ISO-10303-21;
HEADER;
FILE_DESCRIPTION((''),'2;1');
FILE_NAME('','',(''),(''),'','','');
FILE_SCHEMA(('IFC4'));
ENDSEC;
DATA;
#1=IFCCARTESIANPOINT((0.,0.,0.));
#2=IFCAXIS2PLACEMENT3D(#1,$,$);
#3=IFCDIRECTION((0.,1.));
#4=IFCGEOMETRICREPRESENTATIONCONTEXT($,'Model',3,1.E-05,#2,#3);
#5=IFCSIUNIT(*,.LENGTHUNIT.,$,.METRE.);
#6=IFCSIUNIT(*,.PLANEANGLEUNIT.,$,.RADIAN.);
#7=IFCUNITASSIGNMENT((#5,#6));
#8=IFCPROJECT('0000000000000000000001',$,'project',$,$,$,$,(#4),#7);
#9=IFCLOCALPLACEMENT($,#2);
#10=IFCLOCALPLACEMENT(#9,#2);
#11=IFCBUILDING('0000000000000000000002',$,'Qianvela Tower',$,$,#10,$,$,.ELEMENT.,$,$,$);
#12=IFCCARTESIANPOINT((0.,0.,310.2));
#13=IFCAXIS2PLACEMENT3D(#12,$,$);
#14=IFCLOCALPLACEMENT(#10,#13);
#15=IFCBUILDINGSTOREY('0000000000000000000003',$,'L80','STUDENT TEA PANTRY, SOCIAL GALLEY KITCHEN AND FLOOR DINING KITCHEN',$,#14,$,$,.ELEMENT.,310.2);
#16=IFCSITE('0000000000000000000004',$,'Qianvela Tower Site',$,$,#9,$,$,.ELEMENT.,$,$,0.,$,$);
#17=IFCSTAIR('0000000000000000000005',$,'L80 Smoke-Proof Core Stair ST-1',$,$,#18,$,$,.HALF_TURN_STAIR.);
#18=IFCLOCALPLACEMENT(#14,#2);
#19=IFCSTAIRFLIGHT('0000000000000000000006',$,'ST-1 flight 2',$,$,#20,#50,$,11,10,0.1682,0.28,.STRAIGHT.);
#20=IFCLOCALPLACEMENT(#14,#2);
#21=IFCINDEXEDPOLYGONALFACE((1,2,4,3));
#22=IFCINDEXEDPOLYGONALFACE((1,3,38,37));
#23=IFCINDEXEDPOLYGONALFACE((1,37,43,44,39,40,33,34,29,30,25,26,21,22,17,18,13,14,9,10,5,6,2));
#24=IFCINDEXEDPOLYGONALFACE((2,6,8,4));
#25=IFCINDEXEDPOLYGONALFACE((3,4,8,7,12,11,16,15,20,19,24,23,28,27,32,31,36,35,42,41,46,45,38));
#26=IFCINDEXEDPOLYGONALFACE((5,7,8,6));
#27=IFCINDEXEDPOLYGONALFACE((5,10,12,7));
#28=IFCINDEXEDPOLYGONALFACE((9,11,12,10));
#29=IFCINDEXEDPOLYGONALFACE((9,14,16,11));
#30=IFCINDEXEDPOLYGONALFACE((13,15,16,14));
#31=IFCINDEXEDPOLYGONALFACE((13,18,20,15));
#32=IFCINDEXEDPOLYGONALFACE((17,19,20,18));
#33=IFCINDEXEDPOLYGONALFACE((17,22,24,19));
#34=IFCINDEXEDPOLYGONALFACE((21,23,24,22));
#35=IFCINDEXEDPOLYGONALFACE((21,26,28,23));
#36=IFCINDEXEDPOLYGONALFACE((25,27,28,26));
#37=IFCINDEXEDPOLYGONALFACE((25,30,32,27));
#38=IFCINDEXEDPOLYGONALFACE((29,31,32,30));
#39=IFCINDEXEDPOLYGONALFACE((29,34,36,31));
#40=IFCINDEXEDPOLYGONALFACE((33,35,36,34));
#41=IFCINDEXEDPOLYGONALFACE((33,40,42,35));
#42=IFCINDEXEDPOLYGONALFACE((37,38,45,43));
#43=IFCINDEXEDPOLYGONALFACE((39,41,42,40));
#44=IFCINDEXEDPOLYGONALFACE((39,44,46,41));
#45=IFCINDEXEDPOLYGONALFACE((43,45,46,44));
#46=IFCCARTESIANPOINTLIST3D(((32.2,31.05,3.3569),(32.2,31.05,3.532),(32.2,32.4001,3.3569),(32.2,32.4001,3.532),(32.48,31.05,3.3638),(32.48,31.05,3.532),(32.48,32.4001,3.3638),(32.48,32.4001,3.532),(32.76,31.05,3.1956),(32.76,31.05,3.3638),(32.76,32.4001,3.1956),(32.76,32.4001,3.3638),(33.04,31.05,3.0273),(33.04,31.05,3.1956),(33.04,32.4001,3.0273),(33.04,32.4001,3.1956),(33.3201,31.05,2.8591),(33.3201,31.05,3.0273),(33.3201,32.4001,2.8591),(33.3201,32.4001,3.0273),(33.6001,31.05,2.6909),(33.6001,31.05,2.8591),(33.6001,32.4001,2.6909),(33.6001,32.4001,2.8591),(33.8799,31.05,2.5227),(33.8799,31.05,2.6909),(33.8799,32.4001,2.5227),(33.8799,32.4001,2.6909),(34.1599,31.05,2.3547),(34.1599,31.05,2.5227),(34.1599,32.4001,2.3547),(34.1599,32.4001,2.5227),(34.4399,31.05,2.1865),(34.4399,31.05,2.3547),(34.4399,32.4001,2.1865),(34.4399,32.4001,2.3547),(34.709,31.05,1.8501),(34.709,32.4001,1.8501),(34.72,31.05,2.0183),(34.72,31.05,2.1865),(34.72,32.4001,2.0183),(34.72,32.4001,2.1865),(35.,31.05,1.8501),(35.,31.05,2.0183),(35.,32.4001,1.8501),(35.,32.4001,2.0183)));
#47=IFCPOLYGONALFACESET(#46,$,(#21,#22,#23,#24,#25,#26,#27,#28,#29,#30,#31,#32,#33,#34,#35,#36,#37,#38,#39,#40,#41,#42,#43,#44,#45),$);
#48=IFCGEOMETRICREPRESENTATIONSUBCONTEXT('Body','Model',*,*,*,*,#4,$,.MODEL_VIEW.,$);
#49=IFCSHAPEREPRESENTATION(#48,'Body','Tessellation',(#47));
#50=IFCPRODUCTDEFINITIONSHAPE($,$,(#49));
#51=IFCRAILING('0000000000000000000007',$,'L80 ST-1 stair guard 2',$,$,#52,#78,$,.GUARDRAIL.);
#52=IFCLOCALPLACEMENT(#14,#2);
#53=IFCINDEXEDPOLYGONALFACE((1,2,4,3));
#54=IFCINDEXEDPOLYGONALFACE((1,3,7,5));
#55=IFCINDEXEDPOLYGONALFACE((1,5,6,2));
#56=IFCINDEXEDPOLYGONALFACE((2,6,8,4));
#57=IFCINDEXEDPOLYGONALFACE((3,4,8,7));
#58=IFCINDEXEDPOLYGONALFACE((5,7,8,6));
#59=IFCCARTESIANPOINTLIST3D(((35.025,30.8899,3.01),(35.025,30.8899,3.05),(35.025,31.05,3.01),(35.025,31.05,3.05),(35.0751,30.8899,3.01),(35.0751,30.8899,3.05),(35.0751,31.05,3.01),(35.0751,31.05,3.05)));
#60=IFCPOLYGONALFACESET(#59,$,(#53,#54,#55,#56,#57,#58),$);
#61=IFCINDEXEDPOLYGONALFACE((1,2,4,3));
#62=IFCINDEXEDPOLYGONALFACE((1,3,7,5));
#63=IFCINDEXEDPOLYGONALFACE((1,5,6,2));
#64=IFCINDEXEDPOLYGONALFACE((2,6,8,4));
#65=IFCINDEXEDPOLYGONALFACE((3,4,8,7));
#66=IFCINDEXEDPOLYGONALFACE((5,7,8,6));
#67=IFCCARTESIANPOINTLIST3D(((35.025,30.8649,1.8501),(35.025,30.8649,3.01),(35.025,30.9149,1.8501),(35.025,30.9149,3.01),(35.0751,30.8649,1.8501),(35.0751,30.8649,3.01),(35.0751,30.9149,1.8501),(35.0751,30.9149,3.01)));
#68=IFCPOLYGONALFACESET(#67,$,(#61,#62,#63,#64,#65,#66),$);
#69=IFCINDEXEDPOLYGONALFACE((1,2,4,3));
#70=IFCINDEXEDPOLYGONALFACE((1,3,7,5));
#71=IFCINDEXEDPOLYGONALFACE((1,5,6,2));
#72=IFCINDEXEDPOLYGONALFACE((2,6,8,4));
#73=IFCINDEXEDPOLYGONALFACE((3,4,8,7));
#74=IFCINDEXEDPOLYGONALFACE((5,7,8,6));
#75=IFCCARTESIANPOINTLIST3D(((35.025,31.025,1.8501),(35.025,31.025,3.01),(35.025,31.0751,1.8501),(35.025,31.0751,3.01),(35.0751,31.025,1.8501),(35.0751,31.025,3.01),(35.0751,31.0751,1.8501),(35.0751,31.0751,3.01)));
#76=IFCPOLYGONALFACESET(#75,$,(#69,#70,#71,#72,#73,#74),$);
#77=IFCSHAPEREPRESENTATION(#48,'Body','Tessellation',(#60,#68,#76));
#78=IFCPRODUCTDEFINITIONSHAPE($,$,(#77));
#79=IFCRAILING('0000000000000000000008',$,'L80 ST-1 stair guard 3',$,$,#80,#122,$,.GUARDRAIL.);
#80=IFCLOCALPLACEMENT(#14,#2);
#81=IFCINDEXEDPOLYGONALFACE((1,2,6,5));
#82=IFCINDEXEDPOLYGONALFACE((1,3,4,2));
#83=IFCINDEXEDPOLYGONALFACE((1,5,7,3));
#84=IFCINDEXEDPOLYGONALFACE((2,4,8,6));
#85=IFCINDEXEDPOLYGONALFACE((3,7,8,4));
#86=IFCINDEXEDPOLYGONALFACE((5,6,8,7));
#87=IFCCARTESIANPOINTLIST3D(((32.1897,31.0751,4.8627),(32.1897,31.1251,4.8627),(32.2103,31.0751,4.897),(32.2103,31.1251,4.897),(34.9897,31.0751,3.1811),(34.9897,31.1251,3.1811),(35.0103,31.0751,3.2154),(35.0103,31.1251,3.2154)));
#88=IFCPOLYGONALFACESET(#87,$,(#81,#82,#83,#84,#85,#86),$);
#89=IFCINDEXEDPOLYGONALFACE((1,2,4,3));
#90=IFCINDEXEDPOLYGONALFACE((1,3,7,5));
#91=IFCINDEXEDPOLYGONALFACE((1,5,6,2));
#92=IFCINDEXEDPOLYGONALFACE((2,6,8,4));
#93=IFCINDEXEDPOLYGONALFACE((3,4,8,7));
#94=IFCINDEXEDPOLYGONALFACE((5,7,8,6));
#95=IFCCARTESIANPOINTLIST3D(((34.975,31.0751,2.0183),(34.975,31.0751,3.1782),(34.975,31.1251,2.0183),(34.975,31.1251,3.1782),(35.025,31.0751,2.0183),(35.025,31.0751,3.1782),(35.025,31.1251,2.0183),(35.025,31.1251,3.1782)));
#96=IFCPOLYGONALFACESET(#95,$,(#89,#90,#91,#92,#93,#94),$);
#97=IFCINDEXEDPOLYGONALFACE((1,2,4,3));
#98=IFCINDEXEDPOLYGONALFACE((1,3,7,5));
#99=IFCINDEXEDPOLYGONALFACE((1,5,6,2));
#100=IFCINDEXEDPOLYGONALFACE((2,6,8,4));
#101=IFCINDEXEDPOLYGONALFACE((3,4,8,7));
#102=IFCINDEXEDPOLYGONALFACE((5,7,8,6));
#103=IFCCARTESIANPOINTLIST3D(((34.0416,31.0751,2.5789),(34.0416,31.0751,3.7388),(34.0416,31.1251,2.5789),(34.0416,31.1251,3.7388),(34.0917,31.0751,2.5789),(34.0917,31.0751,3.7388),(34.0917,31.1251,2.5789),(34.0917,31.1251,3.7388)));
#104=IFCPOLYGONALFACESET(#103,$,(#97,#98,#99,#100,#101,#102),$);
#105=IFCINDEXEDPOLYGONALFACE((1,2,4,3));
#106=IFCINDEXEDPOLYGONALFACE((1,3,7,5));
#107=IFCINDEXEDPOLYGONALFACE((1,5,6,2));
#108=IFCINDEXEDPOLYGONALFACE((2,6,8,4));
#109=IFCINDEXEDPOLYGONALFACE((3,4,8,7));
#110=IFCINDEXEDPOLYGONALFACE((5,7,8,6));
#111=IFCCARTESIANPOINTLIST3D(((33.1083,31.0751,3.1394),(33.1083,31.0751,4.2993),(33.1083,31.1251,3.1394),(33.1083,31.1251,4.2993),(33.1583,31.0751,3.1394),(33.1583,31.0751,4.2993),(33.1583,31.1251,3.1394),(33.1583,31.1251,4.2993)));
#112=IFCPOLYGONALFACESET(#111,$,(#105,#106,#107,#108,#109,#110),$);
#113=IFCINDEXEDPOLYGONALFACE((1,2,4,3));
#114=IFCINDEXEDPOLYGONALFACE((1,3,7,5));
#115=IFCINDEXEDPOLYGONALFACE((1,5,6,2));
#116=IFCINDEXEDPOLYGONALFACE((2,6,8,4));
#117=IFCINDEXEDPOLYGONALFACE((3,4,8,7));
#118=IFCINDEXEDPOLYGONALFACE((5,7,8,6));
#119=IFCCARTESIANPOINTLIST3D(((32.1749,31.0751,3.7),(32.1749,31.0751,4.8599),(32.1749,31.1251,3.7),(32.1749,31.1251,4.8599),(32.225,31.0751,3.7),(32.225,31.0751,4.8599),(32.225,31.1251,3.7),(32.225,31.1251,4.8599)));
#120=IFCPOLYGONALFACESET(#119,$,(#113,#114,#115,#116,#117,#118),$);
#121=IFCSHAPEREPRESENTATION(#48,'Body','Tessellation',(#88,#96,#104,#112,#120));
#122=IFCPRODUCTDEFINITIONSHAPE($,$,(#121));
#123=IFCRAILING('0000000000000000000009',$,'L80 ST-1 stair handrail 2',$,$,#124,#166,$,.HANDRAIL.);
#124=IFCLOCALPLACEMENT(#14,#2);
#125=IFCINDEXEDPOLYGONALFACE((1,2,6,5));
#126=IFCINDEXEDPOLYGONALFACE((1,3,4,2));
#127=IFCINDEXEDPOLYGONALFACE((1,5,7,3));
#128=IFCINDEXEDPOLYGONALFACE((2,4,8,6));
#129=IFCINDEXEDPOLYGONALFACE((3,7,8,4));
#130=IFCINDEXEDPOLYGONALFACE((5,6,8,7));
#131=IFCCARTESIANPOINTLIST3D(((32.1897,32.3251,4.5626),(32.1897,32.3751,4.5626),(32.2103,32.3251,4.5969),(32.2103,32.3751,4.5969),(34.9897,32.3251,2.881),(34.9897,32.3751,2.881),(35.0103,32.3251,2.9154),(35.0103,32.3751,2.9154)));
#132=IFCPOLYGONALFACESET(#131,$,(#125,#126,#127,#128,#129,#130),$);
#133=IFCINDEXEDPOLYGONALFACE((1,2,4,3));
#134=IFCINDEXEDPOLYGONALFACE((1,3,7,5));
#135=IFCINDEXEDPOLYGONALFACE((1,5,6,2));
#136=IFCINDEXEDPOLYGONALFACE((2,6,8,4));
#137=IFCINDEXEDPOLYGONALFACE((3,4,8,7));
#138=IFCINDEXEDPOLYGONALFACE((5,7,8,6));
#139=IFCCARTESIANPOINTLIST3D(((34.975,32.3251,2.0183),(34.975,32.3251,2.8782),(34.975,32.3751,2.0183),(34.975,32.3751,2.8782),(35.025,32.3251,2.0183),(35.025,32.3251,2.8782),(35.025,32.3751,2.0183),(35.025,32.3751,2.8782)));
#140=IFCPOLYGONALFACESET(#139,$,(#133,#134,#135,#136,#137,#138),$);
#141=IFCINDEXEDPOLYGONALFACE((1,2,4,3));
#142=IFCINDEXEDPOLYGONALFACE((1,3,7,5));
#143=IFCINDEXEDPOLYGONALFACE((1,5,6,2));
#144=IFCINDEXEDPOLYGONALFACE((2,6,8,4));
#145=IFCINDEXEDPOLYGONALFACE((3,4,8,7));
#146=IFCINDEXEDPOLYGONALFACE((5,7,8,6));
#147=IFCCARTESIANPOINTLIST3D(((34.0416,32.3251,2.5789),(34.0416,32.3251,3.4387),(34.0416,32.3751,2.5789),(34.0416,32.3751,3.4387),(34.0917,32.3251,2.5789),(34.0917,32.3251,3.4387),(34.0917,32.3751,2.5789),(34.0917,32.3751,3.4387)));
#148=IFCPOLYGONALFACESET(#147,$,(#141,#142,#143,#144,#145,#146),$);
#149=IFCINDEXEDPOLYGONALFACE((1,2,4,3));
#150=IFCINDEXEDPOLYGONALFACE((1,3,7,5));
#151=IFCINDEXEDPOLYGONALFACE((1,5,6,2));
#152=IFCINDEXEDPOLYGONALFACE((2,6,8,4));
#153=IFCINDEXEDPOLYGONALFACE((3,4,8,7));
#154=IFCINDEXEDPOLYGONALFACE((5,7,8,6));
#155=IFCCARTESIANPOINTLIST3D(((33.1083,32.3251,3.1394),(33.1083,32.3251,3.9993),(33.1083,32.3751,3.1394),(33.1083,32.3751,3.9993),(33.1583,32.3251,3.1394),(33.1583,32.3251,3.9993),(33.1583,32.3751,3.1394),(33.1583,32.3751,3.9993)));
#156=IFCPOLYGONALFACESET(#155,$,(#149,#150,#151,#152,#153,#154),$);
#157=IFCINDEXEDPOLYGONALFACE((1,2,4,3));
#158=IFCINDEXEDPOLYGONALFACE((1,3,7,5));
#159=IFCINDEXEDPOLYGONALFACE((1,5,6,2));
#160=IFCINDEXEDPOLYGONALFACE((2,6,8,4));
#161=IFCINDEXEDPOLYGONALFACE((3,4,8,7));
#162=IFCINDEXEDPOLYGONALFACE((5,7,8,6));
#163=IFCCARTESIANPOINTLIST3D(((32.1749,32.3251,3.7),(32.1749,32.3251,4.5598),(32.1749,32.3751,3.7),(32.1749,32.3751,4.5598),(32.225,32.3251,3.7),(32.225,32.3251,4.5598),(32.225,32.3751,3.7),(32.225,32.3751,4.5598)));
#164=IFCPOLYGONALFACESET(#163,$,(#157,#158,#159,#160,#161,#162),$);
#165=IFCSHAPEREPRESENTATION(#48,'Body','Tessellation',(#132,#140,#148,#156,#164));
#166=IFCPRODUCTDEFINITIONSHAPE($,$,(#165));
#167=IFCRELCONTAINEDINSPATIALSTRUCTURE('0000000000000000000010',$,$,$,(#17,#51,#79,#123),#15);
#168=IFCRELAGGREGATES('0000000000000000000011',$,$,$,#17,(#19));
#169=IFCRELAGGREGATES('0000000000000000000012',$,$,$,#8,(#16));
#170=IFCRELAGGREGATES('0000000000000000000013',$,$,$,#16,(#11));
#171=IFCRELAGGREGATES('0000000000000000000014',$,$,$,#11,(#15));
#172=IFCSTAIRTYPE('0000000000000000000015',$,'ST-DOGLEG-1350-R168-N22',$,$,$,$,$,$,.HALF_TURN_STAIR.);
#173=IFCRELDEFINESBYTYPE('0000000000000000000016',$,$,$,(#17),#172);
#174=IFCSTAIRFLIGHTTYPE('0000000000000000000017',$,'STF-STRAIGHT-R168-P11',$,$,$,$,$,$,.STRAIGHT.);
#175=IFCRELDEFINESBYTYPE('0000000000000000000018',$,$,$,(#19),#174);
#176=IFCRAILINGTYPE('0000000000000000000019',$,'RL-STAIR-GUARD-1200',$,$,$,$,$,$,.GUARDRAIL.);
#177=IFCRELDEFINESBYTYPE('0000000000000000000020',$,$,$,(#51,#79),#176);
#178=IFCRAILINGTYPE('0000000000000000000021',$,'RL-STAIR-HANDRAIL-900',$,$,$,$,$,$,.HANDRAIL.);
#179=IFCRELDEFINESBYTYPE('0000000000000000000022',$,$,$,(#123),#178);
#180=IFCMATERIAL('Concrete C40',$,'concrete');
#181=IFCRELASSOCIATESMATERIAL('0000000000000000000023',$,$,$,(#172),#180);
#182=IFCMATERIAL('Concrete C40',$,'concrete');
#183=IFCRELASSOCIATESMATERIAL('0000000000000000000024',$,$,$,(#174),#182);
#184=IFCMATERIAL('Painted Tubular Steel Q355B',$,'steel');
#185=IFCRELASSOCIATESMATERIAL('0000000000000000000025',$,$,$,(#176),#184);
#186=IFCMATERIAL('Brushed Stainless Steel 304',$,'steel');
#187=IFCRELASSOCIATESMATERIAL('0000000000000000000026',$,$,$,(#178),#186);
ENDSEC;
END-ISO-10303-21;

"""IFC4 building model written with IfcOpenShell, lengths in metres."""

from ifc_helpers import new_model, si_unit, direction, frame, origin, origin_2d, place, context, subcontext, project, spatial, polyline, rectangle, outline, extrude, material, type_object, element, aggregate, save


model = new_model("IFC4")

# Units and contexts
model_context = context("Model", 3, precision=1e-05, world=origin(), true_north=direction((0.0, 1.0)))
body_context = subcontext(model_context, "Body", "Model", "MODEL_VIEW")
ifc_project = project(units=[si_unit("LENGTHUNIT", "METRE"), si_unit("PLANEANGLEUNIT", "RADIAN")], contexts=[model_context])

# Site, building, storey
site_placement = place(None, origin())
site = spatial("IfcSite", under=ifc_project, at=site_placement, Name="Qianvela Tower Site", CompositionType="ELEMENT", RefElevation=0.0)
building_placement = place(site_placement, origin())
building = spatial("IfcBuilding", under=site, at=building_placement, Name="Qianvela Tower", CompositionType="ELEMENT")
storey_placement = place(building_placement, frame((0.0, 0.0, 310.2)))
storey = spatial("IfcBuildingStorey", under=building, at=storey_placement, Name="L80", Description="STUDENT TEA PANTRY, SOCIAL GALLEY KITCHEN AND FLOOR DINING KITCHEN", CompositionType="ELEMENT", Elevation=310.2)

# Stair, stair flight
ifc_material_1 = material(Name="Concrete C40", Category="concrete")
stair_type = type_object("IfcStairType", Name="ST-DOGLEG-1350-R168-N22", PredefinedType="HALF_TURN_STAIR", material=ifc_material_1)
stair_placement = place(storey_placement, origin())
stair = element("IfcStair", 1, at=stair_placement, inside=storey, type_object=stair_type, Name="L80 Smoke-Proof Core Stair ST-1", PredefinedType="HALF_TURN_STAIR")
ifc_material_2 = material(Name="Concrete C40", Category="concrete")
stair_flight_type = type_object("IfcStairFlightType", Name="STF-STRAIGHT-R168-P11", PredefinedType="STRAIGHT", material=ifc_material_2)
stair_flight_placement = place(storey_placement, frame((35.0, 31.7251, 1.8501), z_axis=(0.0, 0.0, 1.0), x_axis=(-1.0, 0.0, 0.0)))
stair_flight = element("IfcStairFlight", 2, at=stair_flight_placement, type_object=stair_flight_type, Name="ST-1 flight 2", NumberOfRisers=11, NumberOfTreads=10, PredefinedType="STRAIGHT", RiserHeight=0.1682, TreadLength=0.28, context=body_context, shape_type="SweptSolid", body=[
    extrude(outline(polyline([(0.0, 0.0), (0.0, 0.1682), (0.28, 0.1682), (0.28, 0.3364), (0.5601, 0.3364), (0.5601, 0.5046), (0.8401, 0.5046), (0.8401, 0.6726), (1.1201, 0.6726), (1.1201, 0.8408), (1.3999, 0.8408), (1.3999, 1.009), (1.6799, 1.009), (1.6799, 1.1772), (1.96, 1.1772), (1.96, 1.3455), (2.24, 1.3455), (2.24, 1.5137), (2.52, 1.5137), (2.52, 1.6819), (2.8, 1.6819), (2.8, 1.8501), (2.8, 1.5068), (0.291, 0.0), (0.0, 0.0)])), frame((0.0, 0.675, 0.0), z_axis=(0.0, -1.0, 0.0), x_axis=(1.0, 0.0, 0.0)), (0.0, 0.0, 1.0), 1.3501),
])
aggregate(stair, [stair_flight])

# Railings
ifc_material_3 = material(Name="Painted Tubular Steel Q355B", Category="steel")
railing_type_1 = type_object("IfcRailingType", Name="RL-STAIR-GUARD-1200", PredefinedType="GUARDRAIL", material=ifc_material_3)
railing_1_placement = place(storey_placement, frame((35.05, 30.8899, 1.8501)))
element("IfcRailing", 3, at=railing_1_placement, inside=storey, type_object=railing_type_1, Name="L80 ST-1 stair guard 2", PredefinedType="GUARDRAIL", context=body_context, shape_type="SweptSolid", body=[
    extrude(rectangle(XDim=0.05, YDim=0.04, at=origin_2d()), frame((0.0, 0.0, 1.1799), z_axis=(0.0, 1.0, 0.0), x_axis=(-1.0, 0.0, 0.0)), (0.0, 0.0, 1.0), 0.1602),
    extrude(rectangle(XDim=0.05, YDim=0.05, at=origin_2d()), origin(), (0.0, 0.0, 1.0), 1.1599),
    extrude(rectangle(XDim=0.05, YDim=0.05, at=origin_2d()), frame((0.0, 0.1602, 0.0)), (0.0, 0.0, 1.0), 1.1599),
])
railing_2_placement = place(storey_placement, frame((35.0, 31.1001, 2.0183)))
element("IfcRailing", 4, at=railing_2_placement, inside=storey, type_object=railing_type_1, Name="L80 ST-1 stair guard 3", PredefinedType="GUARDRAIL", context=body_context, shape_type="SweptSolid", body=[
    extrude(rectangle(XDim=0.05, YDim=0.04, at=origin_2d()), frame((0.0, 0.0, 1.1799), z_axis=(-0.857275, 0.0, 0.514858), x_axis=(0.0, -1.0, 0.0)), (0.0, 0.0, 1.0), 3.2661),
    extrude(rectangle(XDim=0.05, YDim=0.05, at=origin_2d()), origin(), (0.0, 0.0, 1.0), 1.1599),
    extrude(rectangle(XDim=0.05, YDim=0.05, at=origin_2d()), frame((-0.9333, 0.0, 0.5605)), (0.0, 0.0, 1.0), 1.1599),
    extrude(rectangle(XDim=0.05, YDim=0.05, at=origin_2d()), frame((-1.8667, 0.0, 1.1211)), (0.0, 0.0, 1.0), 1.1599),
    extrude(rectangle(XDim=0.05, YDim=0.05, at=origin_2d()), frame((-2.8, 0.0, 1.6816)), (0.0, 0.0, 1.0), 1.1599),
])
ifc_material_4 = material(Name="Brushed Stainless Steel 304", Category="steel")
railing_type_2 = type_object("IfcRailingType", Name="RL-STAIR-HANDRAIL-900", PredefinedType="HANDRAIL", material=ifc_material_4)
railing_3_placement = place(storey_placement, frame((35.0, 32.3501, 2.0183)))
element("IfcRailing", 5, at=railing_3_placement, inside=storey, type_object=railing_type_2, Name="L80 ST-1 stair handrail 2", PredefinedType="HANDRAIL", context=body_context, shape_type="SweptSolid", body=[
    extrude(rectangle(XDim=0.05, YDim=0.04, at=origin_2d()), frame((0.0, 0.0, 0.8799), z_axis=(-0.857275, 0.0, 0.514858), x_axis=(0.0, -1.0, 0.0)), (0.0, 0.0, 1.0), 3.2661),
    extrude(rectangle(XDim=0.05, YDim=0.05, at=origin_2d()), origin(), (0.0, 0.0, 1.0), 0.8599),
    extrude(rectangle(XDim=0.05, YDim=0.05, at=origin_2d()), frame((-0.9333, 0.0, 0.5605)), (0.0, 0.0, 1.0), 0.8599),
    extrude(rectangle(XDim=0.05, YDim=0.05, at=origin_2d()), frame((-1.8667, 0.0, 1.1211)), (0.0, 0.0, 1.0), 0.8599),
    extrude(rectangle(XDim=0.05, YDim=0.05, at=origin_2d()), frame((-2.8, 0.0, 1.6816)), (0.0, 0.0, 1.0), 0.8599),
])

save(model, "model.ifc")
